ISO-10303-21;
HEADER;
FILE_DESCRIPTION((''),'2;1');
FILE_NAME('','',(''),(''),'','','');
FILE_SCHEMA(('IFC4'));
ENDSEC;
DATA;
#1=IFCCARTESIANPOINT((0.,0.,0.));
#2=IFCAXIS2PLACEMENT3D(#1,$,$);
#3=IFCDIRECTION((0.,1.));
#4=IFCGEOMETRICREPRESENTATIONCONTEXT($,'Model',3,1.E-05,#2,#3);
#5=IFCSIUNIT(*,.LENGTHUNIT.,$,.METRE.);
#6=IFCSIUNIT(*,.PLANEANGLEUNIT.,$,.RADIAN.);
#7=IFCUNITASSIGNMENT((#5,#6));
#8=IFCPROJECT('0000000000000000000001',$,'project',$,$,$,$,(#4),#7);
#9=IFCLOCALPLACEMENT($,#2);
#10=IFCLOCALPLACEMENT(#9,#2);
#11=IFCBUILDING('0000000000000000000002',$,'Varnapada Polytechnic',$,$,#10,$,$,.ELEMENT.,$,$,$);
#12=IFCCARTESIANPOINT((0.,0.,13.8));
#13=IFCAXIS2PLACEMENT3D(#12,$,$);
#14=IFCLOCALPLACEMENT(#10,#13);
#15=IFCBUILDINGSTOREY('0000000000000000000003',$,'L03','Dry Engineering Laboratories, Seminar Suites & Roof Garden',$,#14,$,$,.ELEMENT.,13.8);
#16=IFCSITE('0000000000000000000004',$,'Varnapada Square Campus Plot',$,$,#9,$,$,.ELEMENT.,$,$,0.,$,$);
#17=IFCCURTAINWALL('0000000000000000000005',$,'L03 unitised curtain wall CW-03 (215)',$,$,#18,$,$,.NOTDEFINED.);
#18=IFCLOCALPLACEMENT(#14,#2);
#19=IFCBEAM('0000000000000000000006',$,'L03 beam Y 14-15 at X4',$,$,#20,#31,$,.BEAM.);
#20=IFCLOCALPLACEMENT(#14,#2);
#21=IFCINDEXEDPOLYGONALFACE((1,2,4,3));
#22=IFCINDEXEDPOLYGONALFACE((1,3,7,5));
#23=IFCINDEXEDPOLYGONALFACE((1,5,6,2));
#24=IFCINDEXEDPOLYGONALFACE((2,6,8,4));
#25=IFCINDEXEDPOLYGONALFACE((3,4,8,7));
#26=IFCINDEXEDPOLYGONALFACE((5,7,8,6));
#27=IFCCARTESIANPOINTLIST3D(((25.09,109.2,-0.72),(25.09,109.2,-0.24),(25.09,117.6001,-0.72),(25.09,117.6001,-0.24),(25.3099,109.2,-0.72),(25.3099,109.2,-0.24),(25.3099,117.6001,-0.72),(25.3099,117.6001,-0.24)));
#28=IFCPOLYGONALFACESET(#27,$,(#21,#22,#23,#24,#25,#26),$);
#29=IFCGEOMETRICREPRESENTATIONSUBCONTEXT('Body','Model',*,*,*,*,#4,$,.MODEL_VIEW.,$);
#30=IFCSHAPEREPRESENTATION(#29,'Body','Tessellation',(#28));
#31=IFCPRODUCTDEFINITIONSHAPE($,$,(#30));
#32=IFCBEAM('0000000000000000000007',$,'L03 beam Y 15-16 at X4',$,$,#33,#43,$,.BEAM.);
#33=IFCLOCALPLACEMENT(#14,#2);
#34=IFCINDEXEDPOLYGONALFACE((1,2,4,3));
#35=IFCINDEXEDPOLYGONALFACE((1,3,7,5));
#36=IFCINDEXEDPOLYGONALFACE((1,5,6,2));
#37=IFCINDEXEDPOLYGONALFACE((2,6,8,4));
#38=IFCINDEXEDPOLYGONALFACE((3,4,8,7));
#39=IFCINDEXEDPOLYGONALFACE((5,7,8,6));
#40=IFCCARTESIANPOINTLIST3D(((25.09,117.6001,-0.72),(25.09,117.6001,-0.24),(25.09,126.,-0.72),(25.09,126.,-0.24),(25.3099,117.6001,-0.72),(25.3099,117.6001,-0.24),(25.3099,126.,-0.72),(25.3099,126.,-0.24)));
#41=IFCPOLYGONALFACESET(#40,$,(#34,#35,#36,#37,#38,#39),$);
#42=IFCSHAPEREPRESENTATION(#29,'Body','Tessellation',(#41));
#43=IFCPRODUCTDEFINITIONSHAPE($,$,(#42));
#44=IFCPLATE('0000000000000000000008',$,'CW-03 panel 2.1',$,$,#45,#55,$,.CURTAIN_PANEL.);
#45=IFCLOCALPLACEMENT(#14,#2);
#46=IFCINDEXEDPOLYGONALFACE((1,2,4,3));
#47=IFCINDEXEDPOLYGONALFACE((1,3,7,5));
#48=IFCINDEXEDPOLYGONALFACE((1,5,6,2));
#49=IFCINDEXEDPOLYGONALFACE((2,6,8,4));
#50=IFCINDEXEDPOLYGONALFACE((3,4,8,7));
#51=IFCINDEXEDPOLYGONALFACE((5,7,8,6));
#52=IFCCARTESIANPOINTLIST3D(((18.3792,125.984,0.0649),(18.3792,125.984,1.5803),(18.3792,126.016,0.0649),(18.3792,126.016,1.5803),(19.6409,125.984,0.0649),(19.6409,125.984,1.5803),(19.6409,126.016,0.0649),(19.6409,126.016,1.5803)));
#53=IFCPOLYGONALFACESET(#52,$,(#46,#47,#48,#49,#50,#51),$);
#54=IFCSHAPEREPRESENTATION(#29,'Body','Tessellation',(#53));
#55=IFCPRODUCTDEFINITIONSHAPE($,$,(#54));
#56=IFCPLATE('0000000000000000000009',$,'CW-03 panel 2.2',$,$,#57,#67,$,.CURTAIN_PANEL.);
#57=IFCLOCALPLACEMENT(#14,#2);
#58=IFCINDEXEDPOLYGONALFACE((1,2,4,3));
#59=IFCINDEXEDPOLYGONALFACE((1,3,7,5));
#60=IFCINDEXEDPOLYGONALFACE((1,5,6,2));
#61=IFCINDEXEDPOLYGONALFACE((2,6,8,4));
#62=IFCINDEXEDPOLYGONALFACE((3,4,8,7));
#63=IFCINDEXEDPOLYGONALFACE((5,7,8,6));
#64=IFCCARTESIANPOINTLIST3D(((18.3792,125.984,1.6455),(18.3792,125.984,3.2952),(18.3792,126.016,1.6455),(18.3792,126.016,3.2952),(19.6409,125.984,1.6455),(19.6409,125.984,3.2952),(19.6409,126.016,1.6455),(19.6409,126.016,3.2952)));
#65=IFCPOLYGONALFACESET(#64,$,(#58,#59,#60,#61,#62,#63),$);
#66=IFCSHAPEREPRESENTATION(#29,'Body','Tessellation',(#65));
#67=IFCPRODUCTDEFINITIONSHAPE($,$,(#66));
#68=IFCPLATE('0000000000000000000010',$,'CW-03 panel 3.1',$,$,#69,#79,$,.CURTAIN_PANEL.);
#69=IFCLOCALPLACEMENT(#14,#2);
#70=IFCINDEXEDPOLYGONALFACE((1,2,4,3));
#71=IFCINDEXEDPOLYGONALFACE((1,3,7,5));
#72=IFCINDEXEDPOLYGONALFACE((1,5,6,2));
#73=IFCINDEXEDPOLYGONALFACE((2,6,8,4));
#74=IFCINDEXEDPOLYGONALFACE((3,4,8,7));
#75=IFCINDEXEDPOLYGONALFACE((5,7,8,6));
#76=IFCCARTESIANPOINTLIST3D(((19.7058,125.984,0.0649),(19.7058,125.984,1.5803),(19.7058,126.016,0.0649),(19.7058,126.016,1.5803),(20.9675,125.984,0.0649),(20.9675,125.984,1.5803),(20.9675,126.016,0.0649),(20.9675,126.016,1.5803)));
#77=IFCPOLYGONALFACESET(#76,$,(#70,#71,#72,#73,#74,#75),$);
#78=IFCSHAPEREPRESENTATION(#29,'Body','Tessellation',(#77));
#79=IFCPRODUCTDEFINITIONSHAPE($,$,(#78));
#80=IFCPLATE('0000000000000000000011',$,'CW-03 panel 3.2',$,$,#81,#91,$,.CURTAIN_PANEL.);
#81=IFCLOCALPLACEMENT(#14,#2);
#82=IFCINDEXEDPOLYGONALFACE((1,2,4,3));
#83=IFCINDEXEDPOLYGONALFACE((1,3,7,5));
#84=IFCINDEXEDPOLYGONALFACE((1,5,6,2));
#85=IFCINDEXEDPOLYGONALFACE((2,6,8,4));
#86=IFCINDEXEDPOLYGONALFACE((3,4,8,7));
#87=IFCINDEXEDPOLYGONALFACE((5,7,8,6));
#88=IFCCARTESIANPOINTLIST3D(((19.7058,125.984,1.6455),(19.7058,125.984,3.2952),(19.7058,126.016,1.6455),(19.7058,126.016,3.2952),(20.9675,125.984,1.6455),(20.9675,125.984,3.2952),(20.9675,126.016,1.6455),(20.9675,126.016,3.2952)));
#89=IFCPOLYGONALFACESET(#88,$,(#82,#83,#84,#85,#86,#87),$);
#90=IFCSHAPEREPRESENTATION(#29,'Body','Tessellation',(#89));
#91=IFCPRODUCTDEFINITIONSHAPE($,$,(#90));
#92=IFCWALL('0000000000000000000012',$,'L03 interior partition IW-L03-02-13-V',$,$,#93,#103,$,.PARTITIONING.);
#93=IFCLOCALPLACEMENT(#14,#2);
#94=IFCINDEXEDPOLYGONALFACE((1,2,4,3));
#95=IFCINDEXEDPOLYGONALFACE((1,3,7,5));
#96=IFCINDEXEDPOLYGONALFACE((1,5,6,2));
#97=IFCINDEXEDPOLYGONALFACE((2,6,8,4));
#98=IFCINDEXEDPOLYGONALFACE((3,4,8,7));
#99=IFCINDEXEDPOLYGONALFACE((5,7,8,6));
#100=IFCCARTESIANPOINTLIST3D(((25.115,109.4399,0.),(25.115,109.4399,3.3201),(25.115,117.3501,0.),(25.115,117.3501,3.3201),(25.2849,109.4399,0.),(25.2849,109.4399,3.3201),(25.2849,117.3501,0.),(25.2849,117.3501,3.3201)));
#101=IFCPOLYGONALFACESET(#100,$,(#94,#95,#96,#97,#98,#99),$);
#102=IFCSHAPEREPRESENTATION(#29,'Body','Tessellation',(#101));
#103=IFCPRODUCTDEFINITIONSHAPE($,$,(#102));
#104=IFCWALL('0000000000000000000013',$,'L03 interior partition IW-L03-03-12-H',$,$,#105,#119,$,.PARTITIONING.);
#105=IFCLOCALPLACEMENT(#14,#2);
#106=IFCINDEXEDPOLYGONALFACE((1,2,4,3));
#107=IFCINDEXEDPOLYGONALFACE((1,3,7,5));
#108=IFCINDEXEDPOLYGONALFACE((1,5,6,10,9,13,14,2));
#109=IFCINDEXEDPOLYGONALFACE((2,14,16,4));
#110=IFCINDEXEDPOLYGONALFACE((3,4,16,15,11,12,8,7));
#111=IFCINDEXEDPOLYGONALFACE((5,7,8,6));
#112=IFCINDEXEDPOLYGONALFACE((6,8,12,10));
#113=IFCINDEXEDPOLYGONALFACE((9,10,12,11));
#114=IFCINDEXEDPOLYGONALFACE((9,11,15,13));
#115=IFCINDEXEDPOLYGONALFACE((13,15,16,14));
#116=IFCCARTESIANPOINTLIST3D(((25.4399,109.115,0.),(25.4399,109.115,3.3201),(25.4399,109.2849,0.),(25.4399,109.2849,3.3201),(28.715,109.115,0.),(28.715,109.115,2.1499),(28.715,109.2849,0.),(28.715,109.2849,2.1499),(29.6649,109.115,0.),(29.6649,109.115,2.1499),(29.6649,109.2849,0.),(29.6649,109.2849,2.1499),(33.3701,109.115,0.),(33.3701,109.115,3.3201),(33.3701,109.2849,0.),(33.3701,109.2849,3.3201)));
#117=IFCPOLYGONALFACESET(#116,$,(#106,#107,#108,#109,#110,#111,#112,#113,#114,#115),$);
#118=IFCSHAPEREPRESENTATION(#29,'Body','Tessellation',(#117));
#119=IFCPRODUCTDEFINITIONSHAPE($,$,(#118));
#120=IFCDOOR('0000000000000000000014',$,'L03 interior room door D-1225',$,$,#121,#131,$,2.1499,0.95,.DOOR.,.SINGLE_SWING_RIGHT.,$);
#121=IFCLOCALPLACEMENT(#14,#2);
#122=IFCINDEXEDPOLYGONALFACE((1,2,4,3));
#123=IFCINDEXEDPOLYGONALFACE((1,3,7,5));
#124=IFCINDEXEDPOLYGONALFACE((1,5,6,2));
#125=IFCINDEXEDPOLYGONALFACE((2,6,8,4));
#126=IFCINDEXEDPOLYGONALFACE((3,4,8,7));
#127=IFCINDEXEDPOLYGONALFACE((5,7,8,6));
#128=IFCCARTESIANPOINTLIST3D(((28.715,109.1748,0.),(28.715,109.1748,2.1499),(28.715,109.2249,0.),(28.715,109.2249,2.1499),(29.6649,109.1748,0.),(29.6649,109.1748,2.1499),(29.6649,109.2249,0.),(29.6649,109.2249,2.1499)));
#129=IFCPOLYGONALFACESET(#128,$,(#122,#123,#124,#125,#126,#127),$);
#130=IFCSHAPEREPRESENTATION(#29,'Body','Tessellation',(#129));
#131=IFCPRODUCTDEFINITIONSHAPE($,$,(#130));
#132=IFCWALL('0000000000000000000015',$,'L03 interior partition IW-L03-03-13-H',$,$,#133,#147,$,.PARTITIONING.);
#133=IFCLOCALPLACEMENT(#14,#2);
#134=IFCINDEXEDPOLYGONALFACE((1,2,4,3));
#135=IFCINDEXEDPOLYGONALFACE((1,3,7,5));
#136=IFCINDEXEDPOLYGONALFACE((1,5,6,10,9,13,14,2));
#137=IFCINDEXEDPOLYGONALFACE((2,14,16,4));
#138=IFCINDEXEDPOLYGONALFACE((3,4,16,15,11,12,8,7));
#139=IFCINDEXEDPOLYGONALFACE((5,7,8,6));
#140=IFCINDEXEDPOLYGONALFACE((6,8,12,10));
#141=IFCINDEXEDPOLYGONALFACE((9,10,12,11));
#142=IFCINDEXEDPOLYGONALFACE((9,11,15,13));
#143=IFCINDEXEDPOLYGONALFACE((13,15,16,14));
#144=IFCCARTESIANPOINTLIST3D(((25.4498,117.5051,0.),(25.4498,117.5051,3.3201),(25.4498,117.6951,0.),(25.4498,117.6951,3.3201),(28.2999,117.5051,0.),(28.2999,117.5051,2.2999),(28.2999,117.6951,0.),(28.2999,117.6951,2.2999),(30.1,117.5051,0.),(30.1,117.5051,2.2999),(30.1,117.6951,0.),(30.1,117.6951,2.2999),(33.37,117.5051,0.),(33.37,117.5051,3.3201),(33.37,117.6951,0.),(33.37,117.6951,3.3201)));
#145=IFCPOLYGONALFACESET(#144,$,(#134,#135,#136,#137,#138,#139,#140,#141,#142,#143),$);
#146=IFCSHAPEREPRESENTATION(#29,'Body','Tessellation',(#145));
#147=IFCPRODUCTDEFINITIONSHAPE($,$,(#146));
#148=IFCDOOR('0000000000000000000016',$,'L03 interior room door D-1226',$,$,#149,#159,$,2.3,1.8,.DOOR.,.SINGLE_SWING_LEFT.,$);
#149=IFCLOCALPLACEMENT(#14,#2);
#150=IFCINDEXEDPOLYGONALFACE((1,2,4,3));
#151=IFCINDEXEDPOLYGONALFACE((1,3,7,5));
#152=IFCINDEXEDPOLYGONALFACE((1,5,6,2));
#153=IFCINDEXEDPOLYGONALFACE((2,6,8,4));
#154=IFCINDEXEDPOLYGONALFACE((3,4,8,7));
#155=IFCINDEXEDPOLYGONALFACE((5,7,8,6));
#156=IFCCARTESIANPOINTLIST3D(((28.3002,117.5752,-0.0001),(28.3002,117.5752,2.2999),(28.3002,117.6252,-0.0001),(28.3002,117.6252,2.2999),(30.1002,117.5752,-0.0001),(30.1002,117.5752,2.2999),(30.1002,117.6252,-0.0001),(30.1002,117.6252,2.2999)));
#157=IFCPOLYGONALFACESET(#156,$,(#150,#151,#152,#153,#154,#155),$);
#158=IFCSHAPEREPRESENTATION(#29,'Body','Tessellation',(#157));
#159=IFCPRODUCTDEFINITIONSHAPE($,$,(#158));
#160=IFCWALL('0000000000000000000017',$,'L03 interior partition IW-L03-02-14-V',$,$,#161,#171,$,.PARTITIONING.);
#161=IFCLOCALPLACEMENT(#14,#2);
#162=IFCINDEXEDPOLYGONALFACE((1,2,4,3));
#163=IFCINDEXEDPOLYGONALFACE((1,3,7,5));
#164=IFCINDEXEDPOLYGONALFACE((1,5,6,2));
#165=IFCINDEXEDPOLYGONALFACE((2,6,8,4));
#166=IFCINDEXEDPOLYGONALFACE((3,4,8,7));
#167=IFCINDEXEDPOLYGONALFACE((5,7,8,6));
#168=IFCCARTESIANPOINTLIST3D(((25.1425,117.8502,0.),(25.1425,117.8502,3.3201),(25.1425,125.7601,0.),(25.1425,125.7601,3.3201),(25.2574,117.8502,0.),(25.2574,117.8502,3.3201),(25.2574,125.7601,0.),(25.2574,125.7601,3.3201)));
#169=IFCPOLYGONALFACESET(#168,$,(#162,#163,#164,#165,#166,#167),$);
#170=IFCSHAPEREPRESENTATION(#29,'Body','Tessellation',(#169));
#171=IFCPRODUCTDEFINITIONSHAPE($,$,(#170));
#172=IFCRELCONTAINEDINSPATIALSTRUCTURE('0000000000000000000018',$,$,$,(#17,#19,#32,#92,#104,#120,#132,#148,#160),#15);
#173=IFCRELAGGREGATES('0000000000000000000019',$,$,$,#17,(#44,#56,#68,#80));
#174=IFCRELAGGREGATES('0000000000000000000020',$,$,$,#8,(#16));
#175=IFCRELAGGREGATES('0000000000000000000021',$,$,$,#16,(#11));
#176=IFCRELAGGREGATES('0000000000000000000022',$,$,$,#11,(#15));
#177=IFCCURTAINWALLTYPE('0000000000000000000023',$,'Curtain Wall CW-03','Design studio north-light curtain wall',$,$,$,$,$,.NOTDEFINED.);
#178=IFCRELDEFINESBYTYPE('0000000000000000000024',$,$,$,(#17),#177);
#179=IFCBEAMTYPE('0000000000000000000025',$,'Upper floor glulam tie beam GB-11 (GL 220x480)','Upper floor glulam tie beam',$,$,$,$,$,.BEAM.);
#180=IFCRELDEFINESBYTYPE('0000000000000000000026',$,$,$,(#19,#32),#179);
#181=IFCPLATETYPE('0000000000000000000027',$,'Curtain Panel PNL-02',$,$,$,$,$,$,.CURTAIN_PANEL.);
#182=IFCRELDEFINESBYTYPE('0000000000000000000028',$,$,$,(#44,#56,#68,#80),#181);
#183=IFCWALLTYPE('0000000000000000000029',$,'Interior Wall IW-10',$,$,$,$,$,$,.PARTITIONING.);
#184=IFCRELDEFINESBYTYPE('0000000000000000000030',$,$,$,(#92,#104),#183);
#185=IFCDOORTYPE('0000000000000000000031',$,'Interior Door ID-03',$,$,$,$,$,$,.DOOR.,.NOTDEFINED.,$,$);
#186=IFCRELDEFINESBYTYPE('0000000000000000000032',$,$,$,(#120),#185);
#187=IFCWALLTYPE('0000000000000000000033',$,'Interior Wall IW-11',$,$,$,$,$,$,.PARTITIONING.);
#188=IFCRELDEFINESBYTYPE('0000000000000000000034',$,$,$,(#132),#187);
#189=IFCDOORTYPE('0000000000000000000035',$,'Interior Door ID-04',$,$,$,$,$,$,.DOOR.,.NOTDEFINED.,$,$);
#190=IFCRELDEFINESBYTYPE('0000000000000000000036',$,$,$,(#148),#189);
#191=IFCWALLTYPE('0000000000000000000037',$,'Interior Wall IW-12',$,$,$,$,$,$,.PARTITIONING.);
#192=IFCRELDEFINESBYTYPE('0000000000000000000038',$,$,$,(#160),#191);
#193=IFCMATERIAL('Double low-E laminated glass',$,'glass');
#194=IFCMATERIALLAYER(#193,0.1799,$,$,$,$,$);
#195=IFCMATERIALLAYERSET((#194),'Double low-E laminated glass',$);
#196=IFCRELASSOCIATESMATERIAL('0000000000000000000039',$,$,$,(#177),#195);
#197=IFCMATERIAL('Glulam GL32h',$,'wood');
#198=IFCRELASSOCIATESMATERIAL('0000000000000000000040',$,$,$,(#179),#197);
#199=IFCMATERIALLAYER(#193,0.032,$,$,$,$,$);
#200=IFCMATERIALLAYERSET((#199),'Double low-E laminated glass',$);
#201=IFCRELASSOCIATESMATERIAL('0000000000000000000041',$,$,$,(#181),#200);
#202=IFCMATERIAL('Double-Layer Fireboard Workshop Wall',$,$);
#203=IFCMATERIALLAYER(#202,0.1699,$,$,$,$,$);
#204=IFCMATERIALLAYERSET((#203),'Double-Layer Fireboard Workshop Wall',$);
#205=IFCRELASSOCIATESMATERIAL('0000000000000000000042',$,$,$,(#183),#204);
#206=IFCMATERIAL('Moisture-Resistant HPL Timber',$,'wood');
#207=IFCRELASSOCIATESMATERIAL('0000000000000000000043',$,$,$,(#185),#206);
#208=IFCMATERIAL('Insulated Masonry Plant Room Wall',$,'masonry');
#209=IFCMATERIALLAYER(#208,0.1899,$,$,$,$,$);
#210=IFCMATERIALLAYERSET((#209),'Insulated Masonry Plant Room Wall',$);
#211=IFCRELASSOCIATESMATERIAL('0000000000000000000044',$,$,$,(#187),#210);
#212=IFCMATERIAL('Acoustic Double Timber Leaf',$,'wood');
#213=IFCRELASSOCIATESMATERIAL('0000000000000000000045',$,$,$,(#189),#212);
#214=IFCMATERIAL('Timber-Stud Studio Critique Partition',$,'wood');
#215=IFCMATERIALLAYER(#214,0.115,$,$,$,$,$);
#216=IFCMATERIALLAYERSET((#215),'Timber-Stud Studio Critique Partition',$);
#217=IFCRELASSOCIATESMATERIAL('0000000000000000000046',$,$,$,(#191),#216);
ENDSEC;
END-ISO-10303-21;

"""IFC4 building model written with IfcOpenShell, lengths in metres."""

from ifc_helpers import new_model, si_unit, direction, frame, frame_2d, origin, origin_2d, place, context, subcontext, project, spatial, rectangle, extrude, material, layer, layer_set, material_profile, profile_set, type_object, element, fill, aggregate, save


model = new_model("IFC4")

# Units and contexts
model_context = context("Model", 3, precision=1e-05, world=origin(), true_north=direction((0.0, 1.0)))
body_context = subcontext(model_context, "Body", "Model", "MODEL_VIEW")
ifc_project = project(units=[si_unit("LENGTHUNIT", "METRE"), si_unit("PLANEANGLEUNIT", "RADIAN")], contexts=[model_context])

# Site, building, storey
site_placement = place(None, origin())
site = spatial("IfcSite", under=ifc_project, at=site_placement, Name="Varnapada Square Campus Plot", CompositionType="ELEMENT", RefElevation=0.0)
building_placement = place(site_placement, origin())
building = spatial("IfcBuilding", under=site, at=building_placement, Name="Varnapada Polytechnic", CompositionType="ELEMENT")
storey_placement = place(building_placement, frame((0.0, 0.0, 13.8)))
storey = spatial("IfcBuildingStorey", under=building, at=storey_placement, Name="L03", Description="Dry Engineering Laboratories, Seminar Suites & Roof Garden", CompositionType="ELEMENT", Elevation=13.8)

# Shared definitions
ifc_material_1 = material(Name="Glulam GL32h", Category="wood")

# Curtain wall
ifc_material_2 = material(Name="Double low-E laminated glass", Category="glass")
ifc_layer_1 = layer(ifc_material_2, 0.1799)
ifc_layer_set_1 = layer_set([ifc_layer_1], Name="Double low-E laminated glass")
curtain_wall_type = type_object("IfcCurtainWallType", Name="Curtain Wall CW-03", Description="Design studio north-light curtain wall", PredefinedType="NOTDEFINED", material=ifc_layer_set_1)
curtain_wall_placement = place(storey_placement, origin())
curtain_wall = element("IfcCurtainWall", 1, at=curtain_wall_placement, inside=storey, type_object=curtain_wall_type, Name="L03 unitised curtain wall CW-03 (215)", PredefinedType="NOTDEFINED")

# Beams
ifc_material_profile_1 = material_profile(ifc_material_1, rectangle(XDim=0.22, YDim=0.48, at=origin_2d()), Name="GL 220x480")
ifc_profile_set_1 = profile_set([ifc_material_profile_1], Name="Glulam GL32h")
beam_type_1 = type_object("IfcBeamType", Name="Upper floor glulam tie beam GB-11 (GL 220x480)", Description="Upper floor glulam tie beam", PredefinedType="BEAM", material=ifc_profile_set_1)
beam_1_placement = place(storey_placement, frame((25.2, 109.2, -0.48), z_axis=(0.0, 1.0, 0.0), x_axis=(-1.0, 0.0, 0.0)))
element("IfcBeam", 2, at=beam_1_placement, inside=storey, type_object=beam_type_1, Name="L03 beam Y 14-15 at X4", PredefinedType="BEAM", context=body_context, shape_type="SweptSolid", body=[
    extrude(rectangle(XDim=0.22, YDim=0.48, at=origin_2d()), origin(), (0.0, 0.0, 1.0), 8.4001),
])
beam_2_placement = place(storey_placement, frame((25.2, 117.6001, -0.48), z_axis=(0.0, 1.0, 0.0), x_axis=(-1.0, 0.0, 0.0)))
element("IfcBeam", 3, at=beam_2_placement, inside=storey, type_object=beam_type_1, Name="L03 beam Y 15-16 at X4", PredefinedType="BEAM", context=body_context, shape_type="SweptSolid", body=[
    extrude(rectangle(XDim=0.22, YDim=0.48, at=origin_2d()), origin(), (0.0, 0.0, 1.0), 8.3999),
])

# Plates
ifc_layer_2 = layer(ifc_material_2, 0.032)
ifc_layer_set_2 = layer_set([ifc_layer_2], Name="Double low-E laminated glass")
plate_type = type_object("IfcPlateType", Name="Curtain Panel PNL-02", PredefinedType="CURTAIN_PANEL", material=ifc_layer_set_2)
plate_1_placement = place(storey_placement, frame((19.01, 126.0, 0.0649), z_axis=(0.0, 0.0, 1.0), x_axis=(1.0, 0.0, 0.0)))
plate_1 = element("IfcPlate", 4, at=plate_1_placement, type_object=plate_type, Name="CW-03 panel 2.1", PredefinedType="CURTAIN_PANEL", context=body_context, shape_type="SweptSolid", body=[
    extrude(rectangle(XDim=1.2617, YDim=0.032, at=origin_2d()), origin(), (0.0, 0.0, 1.0), 1.5154),
])
plate_2_placement = place(storey_placement, frame((19.01, 126.0, 1.6455), z_axis=(0.0, 0.0, 1.0), x_axis=(1.0, 0.0, 0.0)))
plate_2 = element("IfcPlate", 5, at=plate_2_placement, type_object=plate_type, Name="CW-03 panel 2.2", PredefinedType="CURTAIN_PANEL", context=body_context, shape_type="SweptSolid", body=[
    extrude(rectangle(XDim=1.2617, YDim=0.032, at=origin_2d()), origin(), (0.0, 0.0, 1.0), 1.6497),
])
plate_3_placement = place(storey_placement, frame((20.3367, 126.0, 0.0649), z_axis=(0.0, 0.0, 1.0), x_axis=(1.0, 0.0, 0.0)))
plate_3 = element("IfcPlate", 6, at=plate_3_placement, type_object=plate_type, Name="CW-03 panel 3.1", PredefinedType="CURTAIN_PANEL", context=body_context, shape_type="SweptSolid", body=[
    extrude(rectangle(XDim=1.2617, YDim=0.032, at=origin_2d()), origin(), (0.0, 0.0, 1.0), 1.5154),
])
plate_4_placement = place(storey_placement, frame((20.3367, 126.0, 1.6455), z_axis=(0.0, 0.0, 1.0), x_axis=(1.0, 0.0, 0.0)))
plate_4 = element("IfcPlate", 7, at=plate_4_placement, type_object=plate_type, Name="CW-03 panel 3.2", PredefinedType="CURTAIN_PANEL", context=body_context, shape_type="SweptSolid", body=[
    extrude(rectangle(XDim=1.2617, YDim=0.032, at=origin_2d()), origin(), (0.0, 0.0, 1.0), 1.6497),
])
aggregate(curtain_wall, [plate_1, plate_2, plate_3, plate_4])

# Wall
ifc_material_3 = material(Name="Double-Layer Fireboard Workshop Wall")
ifc_layer_3 = layer(ifc_material_3, 0.1699)
ifc_layer_set_3 = layer_set([ifc_layer_3], Name="Double-Layer Fireboard Workshop Wall")
wall_type_1 = type_object("IfcWallType", Name="Interior Wall IW-10", PredefinedType="PARTITIONING", material=ifc_layer_set_3)
wall_1_placement = place(storey_placement, frame((25.2, 109.4399, 0.0), z_axis=(0.0, 0.0, 1.0), x_axis=(0.0, 1.0, 0.0)))
element("IfcWall", 8, at=wall_1_placement, inside=storey, type_object=wall_type_1, Name="L03 interior partition IW-L03-02-13-V", PredefinedType="PARTITIONING", context=body_context, shape_type="SweptSolid", body=[
    extrude(rectangle(XDim=7.9102, YDim=0.1699, at=frame_2d((3.9551, 0.0))), origin(), (0.0, 0.0, 1.0), 3.3201),
])

# Walls, openings, doors
wall_2_placement = place(storey_placement, frame((25.4399, 109.2, 0.0), z_axis=(0.0, 0.0, 1.0), x_axis=(1.0, 0.0, 0.0)))
wall_2 = element("IfcWall", 9, at=wall_2_placement, inside=storey, type_object=wall_type_1, Name="L03 interior partition IW-L03-03-12-H", PredefinedType="PARTITIONING", context=body_context, shape_type="SweptSolid", body=[
    extrude(rectangle(XDim=7.9302, YDim=0.1699, at=frame_2d((3.9651, 0.0))), origin(), (0.0, 0.0, 1.0), 3.3201),
])
opening_1_placement = place(wall_2_placement, frame((3.2749, 0.0, 0.0)))
opening_1 = element("IfcOpeningElement", 10, at=opening_1_placement, cuts=wall_2, PredefinedType="OPENING", context=body_context, shape_type="SweptSolid", body=[
    extrude(rectangle(XDim=0.95, YDim=2.1499, at=frame_2d((0.4751, 1.075))), frame((0.0, 0.095, 0.0), z_axis=(0.0, -1.0, 0.0), x_axis=(1.0, 0.0, 0.0)), (0.0, 0.0, 1.0), 0.1899),
])
ifc_material_4 = material(Name="Moisture-Resistant HPL Timber", Category="wood")
door_type_1 = type_object("IfcDoorType", Name="Interior Door ID-03", OperationType="NOTDEFINED", PredefinedType="DOOR", material=ifc_material_4)
door_1_placement = place(opening_1_placement, origin())
door_1 = element("IfcDoor", 11, at=door_1_placement, inside=storey, type_object=door_type_1, Name="L03 interior room door D-1225", OperationType="SINGLE_SWING_RIGHT", OverallHeight=2.1499, OverallWidth=0.95, PredefinedType="DOOR", context=body_context, shape_type="SweptSolid", body=[
    extrude(rectangle(XDim=0.95, YDim=2.1499, at=frame_2d((0.4751, 1.075))), frame((0.0, 0.0249, 0.0), z_axis=(0.0, -1.0, 0.0), x_axis=(1.0, 0.0, 0.0)), (0.0, 0.0, 1.0), 0.05),
])
fill(opening_1, door_1)
ifc_material_5 = material(Name="Insulated Masonry Plant Room Wall", Category="masonry")
ifc_layer_4 = layer(ifc_material_5, 0.1899)
ifc_layer_set_4 = layer_set([ifc_layer_4], Name="Insulated Masonry Plant Room Wall")
wall_type_2 = type_object("IfcWallType", Name="Interior Wall IW-11", PredefinedType="PARTITIONING", material=ifc_layer_set_4)
wall_3_placement = place(storey_placement, frame((25.45, 117.6001, 0.0), z_axis=(0.0, 0.0, 1.0), x_axis=(1.0, 0.0, 0.0)))
wall_3 = element("IfcWall", 12, at=wall_3_placement, inside=storey, type_object=wall_type_2, Name="L03 interior partition IW-L03-03-13-H", PredefinedType="PARTITIONING", context=body_context, shape_type="SweptSolid", body=[
    extrude(rectangle(XDim=7.9202, YDim=0.1899, at=frame_2d((3.96, 0.0))), origin(), (0.0, 0.0, 1.0), 3.3201),
])
opening_2_placement = place(wall_3_placement, frame((2.8501, 0.0, 0.0)))
opening_2 = element("IfcOpeningElement", 13, at=opening_2_placement, cuts=wall_3, PredefinedType="OPENING", context=body_context, shape_type="SweptSolid", body=[
    extrude(rectangle(XDim=1.8, YDim=2.3, at=frame_2d((0.8999, 1.1499))), frame((0.0, 0.105, 0.0), z_axis=(0.0, -1.0, 0.0), x_axis=(1.0, 0.0, 0.0)), (0.0, 0.0, 1.0), 0.21),
])
ifc_material_6 = material(Name="Acoustic Double Timber Leaf", Category="wood")
door_type_2 = type_object("IfcDoorType", Name="Interior Door ID-04", OperationType="NOTDEFINED", PredefinedType="DOOR", material=ifc_material_6)
door_2_placement = place(opening_2_placement, frame((1.8, 0.0, 0.0), z_axis=(0.0, 0.0, 1.0), x_axis=(-1.0, 0.0, 0.0)))
door_2 = element("IfcDoor", 14, at=door_2_placement, inside=storey, type_object=door_type_2, Name="L03 interior room door D-1226", OperationType="SINGLE_SWING_LEFT", OverallHeight=2.3, OverallWidth=1.8, PredefinedType="DOOR", context=body_context, shape_type="SweptSolid", body=[
    extrude(rectangle(XDim=1.8, YDim=2.3, at=frame_2d((0.8999, 1.1499))), frame((0.0, 0.0249, 0.0), z_axis=(0.0, -1.0, 0.0), x_axis=(1.0, 0.0, 0.0)), (0.0, 0.0, 1.0), 0.05),
])
fill(opening_2, door_2)

# Wall
ifc_material_7 = material(Name="Timber-Stud Studio Critique Partition", Category="wood")
ifc_layer_5 = layer(ifc_material_7, 0.115)
ifc_layer_set_5 = layer_set([ifc_layer_5], Name="Timber-Stud Studio Critique Partition")
wall_type_3 = type_object("IfcWallType", Name="Interior Wall IW-12", PredefinedType="PARTITIONING", material=ifc_layer_set_5)
wall_4_placement = place(storey_placement, frame((25.2, 117.8501, 0.0), z_axis=(0.0, 0.0, 1.0), x_axis=(0.0, 1.0, 0.0)))
element("IfcWall", 15, at=wall_4_placement, inside=storey, type_object=wall_type_3, Name="L03 interior partition IW-L03-02-14-V", PredefinedType="PARTITIONING", context=body_context, shape_type="SweptSolid", body=[
    extrude(rectangle(XDim=7.9099, YDim=0.115, at=frame_2d((3.9551, 0.0))), origin(), (0.0, 0.0, 1.0), 3.3201),
])

save(model, "model.ifc")
